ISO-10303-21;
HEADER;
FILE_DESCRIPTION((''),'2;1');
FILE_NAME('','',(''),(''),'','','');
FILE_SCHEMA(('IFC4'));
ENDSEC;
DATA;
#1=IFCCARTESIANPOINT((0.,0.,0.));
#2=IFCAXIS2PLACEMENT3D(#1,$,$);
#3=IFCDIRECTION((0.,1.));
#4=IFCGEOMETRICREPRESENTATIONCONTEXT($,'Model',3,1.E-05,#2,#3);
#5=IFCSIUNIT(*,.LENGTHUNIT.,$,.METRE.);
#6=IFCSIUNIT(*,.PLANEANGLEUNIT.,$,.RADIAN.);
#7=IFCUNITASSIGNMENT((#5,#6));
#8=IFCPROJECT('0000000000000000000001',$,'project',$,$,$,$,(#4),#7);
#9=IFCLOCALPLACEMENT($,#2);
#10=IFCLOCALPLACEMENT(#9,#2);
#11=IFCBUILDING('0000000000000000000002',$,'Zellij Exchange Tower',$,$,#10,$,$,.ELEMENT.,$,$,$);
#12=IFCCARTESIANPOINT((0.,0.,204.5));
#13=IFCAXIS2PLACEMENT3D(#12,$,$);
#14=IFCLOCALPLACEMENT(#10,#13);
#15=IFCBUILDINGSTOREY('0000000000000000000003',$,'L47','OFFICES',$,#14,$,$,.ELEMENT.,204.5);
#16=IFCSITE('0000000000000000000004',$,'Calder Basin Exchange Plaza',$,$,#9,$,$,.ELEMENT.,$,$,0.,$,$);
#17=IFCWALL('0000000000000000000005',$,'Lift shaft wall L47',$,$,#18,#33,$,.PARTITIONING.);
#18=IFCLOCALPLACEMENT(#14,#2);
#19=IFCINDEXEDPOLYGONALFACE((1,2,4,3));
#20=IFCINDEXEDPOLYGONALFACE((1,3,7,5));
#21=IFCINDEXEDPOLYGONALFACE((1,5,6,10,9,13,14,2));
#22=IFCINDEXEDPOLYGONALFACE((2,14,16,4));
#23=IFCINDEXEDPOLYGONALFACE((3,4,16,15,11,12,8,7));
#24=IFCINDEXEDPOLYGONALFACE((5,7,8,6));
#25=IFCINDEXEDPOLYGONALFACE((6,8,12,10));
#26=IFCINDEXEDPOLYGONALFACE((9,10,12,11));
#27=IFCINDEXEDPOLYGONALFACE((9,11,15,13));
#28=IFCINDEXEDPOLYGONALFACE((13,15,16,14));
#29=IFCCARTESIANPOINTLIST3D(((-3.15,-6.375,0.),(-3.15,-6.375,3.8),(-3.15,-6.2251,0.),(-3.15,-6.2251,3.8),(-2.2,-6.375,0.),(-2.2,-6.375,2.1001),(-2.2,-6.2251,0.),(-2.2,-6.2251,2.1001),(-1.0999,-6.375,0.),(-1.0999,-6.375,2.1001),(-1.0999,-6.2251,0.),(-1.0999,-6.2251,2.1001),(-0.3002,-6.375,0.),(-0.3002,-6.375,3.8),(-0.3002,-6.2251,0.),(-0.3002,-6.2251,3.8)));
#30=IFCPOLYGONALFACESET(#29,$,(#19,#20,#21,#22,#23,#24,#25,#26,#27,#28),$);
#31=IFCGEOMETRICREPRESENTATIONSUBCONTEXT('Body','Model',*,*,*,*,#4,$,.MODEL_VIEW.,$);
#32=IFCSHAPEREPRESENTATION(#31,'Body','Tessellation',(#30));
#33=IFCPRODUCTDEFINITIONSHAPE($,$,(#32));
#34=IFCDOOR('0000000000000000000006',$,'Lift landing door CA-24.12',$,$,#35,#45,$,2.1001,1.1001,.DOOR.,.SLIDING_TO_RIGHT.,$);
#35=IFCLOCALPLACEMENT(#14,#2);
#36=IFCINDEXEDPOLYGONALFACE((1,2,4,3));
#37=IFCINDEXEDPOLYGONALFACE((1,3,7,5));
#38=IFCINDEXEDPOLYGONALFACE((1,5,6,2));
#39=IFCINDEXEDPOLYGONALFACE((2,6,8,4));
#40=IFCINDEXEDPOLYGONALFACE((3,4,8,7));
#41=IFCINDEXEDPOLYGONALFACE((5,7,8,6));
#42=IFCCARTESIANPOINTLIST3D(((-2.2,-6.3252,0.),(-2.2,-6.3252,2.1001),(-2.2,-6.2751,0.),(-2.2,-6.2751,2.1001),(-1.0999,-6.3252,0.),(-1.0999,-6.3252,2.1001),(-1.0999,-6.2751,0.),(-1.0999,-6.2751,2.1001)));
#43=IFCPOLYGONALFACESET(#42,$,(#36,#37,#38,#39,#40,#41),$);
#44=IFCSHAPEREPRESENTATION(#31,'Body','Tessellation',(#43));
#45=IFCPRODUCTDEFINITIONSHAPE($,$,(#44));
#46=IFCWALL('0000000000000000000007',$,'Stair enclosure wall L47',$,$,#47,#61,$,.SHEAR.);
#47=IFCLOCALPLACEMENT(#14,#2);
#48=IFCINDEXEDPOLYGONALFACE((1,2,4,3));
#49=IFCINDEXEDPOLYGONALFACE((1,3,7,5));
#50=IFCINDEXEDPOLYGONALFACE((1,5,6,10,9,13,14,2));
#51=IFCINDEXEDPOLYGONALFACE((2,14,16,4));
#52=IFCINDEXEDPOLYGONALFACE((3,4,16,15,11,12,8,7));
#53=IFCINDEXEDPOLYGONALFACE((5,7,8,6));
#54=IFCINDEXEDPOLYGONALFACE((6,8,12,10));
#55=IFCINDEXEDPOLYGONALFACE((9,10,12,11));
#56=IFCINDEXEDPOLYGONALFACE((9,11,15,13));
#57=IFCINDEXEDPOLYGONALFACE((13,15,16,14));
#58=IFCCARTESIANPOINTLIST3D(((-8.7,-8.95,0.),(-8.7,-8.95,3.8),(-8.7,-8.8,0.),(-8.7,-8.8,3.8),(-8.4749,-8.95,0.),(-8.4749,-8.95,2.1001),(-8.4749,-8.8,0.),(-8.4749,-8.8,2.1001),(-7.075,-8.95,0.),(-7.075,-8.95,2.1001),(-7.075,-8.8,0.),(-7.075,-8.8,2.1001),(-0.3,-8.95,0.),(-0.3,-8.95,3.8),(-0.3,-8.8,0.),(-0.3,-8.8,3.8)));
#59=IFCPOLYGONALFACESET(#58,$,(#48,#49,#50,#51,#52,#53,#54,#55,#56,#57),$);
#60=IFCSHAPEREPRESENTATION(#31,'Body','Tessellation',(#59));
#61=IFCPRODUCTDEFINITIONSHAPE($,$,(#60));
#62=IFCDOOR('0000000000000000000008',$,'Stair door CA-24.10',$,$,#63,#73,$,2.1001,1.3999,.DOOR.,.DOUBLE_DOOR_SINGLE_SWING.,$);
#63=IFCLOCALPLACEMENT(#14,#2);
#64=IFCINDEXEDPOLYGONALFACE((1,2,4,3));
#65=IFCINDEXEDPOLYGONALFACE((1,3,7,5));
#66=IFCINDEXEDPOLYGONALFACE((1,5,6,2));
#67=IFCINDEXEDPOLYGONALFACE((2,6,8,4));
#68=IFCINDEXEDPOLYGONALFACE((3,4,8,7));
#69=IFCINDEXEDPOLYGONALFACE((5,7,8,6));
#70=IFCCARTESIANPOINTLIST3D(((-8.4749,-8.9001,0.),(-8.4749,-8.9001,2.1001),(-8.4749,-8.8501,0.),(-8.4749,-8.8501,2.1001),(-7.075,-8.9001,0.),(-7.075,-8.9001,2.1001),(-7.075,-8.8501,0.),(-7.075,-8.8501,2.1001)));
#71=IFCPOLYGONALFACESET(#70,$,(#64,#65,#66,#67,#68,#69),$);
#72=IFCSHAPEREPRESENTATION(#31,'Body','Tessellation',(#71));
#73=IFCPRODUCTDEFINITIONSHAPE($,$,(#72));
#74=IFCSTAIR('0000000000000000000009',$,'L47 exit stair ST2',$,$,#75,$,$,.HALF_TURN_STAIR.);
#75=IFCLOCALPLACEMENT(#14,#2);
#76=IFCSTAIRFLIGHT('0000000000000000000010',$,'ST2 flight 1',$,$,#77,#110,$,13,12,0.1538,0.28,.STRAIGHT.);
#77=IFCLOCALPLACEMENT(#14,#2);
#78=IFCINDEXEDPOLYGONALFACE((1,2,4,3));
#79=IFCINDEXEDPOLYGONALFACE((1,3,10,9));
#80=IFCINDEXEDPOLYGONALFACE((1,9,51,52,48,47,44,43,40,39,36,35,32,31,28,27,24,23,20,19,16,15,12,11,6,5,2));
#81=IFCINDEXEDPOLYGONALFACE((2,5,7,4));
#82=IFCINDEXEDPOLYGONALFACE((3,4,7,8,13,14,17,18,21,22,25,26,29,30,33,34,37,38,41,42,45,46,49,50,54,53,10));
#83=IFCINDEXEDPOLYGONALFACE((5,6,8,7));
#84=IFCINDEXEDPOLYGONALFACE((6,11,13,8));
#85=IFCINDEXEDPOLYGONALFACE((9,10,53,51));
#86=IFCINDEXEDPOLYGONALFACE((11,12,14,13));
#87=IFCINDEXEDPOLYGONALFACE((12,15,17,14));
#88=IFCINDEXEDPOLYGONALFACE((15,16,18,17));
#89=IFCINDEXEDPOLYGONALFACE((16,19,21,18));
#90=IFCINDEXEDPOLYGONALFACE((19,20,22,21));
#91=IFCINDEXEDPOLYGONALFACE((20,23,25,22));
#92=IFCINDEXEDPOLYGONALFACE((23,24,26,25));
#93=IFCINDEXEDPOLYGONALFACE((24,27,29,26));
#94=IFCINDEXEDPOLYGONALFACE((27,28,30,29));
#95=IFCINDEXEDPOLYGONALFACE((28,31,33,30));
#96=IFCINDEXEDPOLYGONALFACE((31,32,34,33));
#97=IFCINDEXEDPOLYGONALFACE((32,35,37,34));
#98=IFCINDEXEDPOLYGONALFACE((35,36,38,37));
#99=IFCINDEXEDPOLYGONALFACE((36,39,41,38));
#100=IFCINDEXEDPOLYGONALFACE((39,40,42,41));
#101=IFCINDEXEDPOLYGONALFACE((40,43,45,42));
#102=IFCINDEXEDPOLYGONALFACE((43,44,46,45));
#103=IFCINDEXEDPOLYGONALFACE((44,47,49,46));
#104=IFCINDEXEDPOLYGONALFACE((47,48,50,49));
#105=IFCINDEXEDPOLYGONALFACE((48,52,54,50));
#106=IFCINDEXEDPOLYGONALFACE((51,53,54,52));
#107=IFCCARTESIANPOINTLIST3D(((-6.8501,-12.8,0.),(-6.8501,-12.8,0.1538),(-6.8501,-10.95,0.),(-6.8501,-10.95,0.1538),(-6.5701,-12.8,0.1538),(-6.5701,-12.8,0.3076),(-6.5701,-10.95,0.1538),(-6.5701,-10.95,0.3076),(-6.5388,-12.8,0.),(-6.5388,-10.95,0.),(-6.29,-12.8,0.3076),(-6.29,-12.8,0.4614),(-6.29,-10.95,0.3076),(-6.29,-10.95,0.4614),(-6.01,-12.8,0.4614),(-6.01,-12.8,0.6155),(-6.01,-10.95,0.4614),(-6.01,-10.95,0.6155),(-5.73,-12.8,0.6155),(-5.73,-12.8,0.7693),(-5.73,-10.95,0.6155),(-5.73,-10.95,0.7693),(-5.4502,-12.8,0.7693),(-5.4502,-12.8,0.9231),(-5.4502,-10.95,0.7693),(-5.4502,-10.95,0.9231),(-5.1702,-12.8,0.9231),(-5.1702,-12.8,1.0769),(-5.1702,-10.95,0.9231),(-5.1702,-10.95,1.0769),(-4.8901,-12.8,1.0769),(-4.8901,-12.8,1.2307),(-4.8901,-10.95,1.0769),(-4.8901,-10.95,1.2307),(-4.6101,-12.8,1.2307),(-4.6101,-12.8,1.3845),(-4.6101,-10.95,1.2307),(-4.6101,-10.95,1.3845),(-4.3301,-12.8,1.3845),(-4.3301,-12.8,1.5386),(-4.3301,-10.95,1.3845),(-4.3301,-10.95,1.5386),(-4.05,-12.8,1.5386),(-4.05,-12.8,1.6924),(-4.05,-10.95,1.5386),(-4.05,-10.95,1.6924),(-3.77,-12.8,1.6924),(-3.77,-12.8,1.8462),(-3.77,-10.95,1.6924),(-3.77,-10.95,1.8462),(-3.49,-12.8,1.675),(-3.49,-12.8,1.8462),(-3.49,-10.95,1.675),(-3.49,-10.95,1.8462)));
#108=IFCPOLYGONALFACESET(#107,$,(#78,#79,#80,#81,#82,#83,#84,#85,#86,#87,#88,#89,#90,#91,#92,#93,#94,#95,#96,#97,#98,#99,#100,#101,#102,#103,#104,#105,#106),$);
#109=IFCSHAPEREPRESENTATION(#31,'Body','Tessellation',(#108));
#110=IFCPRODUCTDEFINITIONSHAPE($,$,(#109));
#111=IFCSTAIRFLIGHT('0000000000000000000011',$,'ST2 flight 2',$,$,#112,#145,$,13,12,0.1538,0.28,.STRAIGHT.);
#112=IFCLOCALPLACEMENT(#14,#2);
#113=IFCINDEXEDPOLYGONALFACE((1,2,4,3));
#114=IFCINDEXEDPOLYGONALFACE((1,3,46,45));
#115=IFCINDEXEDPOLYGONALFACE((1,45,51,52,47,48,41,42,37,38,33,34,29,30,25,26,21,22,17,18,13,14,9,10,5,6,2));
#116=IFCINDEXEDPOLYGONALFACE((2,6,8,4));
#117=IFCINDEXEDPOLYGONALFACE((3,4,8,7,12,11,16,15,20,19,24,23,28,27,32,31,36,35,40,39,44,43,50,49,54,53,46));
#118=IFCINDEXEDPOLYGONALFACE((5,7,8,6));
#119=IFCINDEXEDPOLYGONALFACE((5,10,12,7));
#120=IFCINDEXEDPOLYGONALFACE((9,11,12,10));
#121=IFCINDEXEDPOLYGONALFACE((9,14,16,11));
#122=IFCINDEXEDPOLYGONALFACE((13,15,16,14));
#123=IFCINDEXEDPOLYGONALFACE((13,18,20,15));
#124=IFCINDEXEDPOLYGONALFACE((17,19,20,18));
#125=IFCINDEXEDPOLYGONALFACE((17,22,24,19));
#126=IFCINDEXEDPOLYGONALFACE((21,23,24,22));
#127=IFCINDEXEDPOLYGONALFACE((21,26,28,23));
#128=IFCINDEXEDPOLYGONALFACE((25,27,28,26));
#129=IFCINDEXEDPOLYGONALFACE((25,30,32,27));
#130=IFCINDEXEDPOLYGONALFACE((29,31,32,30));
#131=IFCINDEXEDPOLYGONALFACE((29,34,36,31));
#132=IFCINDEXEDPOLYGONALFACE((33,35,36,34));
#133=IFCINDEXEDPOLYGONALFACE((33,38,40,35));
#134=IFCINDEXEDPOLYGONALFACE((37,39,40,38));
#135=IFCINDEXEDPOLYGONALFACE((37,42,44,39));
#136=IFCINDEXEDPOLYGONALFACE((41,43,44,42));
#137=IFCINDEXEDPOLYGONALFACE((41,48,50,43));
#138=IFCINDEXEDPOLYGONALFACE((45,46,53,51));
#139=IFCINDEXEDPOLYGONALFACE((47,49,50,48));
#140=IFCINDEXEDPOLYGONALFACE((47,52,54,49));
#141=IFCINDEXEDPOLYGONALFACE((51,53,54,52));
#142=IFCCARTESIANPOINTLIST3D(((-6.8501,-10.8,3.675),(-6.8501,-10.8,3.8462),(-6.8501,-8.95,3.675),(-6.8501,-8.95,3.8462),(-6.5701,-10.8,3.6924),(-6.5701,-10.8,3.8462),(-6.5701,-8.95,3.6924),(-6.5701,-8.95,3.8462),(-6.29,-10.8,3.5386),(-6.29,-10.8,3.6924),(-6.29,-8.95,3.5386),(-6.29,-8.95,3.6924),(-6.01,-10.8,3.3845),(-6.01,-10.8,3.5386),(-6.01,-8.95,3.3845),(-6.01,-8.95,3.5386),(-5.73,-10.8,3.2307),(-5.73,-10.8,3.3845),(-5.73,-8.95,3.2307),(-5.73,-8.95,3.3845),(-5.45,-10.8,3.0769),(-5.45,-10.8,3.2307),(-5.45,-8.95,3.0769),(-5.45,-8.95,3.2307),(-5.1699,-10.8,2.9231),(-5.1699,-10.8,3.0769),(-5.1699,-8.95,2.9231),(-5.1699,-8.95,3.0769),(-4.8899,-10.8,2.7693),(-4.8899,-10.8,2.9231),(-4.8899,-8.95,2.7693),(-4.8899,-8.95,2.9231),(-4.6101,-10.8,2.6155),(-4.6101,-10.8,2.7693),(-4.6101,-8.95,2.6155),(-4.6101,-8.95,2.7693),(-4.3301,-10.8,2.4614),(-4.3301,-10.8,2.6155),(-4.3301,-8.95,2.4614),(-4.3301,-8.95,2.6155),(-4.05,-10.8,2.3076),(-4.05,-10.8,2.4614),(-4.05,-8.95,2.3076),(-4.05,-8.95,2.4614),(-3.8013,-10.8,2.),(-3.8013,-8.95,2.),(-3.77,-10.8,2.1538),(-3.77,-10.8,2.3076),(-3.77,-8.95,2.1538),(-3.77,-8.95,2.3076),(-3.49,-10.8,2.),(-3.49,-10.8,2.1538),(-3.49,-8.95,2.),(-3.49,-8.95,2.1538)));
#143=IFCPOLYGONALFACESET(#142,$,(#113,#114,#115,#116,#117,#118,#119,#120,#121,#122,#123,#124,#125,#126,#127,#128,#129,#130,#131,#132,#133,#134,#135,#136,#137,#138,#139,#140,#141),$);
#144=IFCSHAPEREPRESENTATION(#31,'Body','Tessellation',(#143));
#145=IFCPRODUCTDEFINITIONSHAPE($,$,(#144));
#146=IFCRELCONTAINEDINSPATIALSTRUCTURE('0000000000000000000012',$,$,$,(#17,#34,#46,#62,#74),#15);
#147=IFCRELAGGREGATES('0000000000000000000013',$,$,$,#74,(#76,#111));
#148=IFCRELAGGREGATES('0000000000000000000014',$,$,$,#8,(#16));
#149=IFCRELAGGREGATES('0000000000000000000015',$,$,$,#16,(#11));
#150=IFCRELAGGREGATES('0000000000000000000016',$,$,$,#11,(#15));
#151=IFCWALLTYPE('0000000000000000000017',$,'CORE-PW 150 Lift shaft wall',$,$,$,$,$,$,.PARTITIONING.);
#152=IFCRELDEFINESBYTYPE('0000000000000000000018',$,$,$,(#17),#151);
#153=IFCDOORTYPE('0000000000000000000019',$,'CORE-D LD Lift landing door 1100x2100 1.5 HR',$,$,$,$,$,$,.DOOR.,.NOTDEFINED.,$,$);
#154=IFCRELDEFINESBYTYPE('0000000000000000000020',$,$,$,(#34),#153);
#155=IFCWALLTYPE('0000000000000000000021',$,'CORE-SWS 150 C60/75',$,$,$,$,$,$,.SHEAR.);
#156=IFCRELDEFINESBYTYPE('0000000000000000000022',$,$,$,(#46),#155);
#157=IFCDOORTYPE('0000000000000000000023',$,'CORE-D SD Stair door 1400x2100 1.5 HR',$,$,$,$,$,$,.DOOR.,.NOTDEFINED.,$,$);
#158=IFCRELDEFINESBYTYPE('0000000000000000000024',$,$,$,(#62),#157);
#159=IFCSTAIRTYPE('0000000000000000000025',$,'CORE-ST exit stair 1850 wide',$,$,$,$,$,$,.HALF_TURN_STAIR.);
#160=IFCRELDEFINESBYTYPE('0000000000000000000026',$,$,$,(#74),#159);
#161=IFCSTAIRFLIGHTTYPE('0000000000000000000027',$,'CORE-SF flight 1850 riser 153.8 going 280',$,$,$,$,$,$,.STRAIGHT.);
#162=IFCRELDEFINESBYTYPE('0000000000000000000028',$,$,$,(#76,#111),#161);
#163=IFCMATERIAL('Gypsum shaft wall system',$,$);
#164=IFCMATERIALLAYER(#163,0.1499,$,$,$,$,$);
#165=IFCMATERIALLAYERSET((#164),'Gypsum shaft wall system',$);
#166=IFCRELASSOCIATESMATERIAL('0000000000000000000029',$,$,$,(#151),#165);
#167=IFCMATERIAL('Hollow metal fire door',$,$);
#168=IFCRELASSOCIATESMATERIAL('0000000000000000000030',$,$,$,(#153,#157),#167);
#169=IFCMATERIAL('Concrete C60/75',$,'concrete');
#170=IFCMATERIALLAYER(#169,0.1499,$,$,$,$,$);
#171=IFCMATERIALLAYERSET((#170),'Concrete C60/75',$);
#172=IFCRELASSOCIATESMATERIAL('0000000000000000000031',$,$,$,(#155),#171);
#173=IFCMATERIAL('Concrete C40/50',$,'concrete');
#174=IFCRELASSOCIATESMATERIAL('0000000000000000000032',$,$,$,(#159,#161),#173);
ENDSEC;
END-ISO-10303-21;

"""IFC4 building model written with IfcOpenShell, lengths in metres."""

from ifc_helpers import new_model, si_unit, direction, frame, frame_2d, origin, place, context, subcontext, project, spatial, polyline, rectangle, outline, extrude, material, layer, layer_set, type_object, element, fill, aggregate, save


model = new_model("IFC4")

# Units and contexts
model_context = context("Model", 3, precision=1e-05, world=origin(), true_north=direction((0.0, 1.0)))
body_context = subcontext(model_context, "Body", "Model", "MODEL_VIEW")
ifc_project = project(units=[si_unit("LENGTHUNIT", "METRE"), si_unit("PLANEANGLEUNIT", "RADIAN")], contexts=[model_context])

# Site, building, storey
site_placement = place(None, origin())
site = spatial("IfcSite", under=ifc_project, at=site_placement, Name="Calder Basin Exchange Plaza", CompositionType="ELEMENT", RefElevation=0.0)
building_placement = place(site_placement, origin())
building = spatial("IfcBuilding", under=site, at=building_placement, Name="Zellij Exchange Tower", CompositionType="ELEMENT")
storey_placement = place(building_placement, frame((0.0, 0.0, 204.5)))
storey = spatial("IfcBuildingStorey", under=building, at=storey_placement, Name="L47", Description="OFFICES", CompositionType="ELEMENT", Elevation=204.5)

# Shared definitions
ifc_material_1 = material(Name="Concrete C60/75", Category="concrete")

# Shared definitions
ifc_material_2 = material(Name="Gypsum shaft wall system")
ifc_material_3 = material(Name="Hollow metal fire door")

# Shared definitions
ifc_layer_1 = layer(ifc_material_2, 0.1499)
ifc_layer_set_1 = layer_set([ifc_layer_1], Name="Gypsum shaft wall system")
wall_type_1 = type_object("IfcWallType", Name="CORE-PW 150 Lift shaft wall", PredefinedType="PARTITIONING", material=ifc_layer_set_1)

# Walls, openings, doors
wall_1_placement = place(storey_placement, frame((-3.1499, -6.3, 0.0), z_axis=(0.0, 0.0, 1.0), x_axis=(1.0, 0.0, 0.0)))
wall_1 = element("IfcWall", 1, at=wall_1_placement, inside=storey, type_object=wall_type_1, Name="Lift shaft wall L47", PredefinedType="PARTITIONING", context=body_context, shape_type="SweptSolid", body=[
    extrude(rectangle(XDim=2.8499, YDim=0.1499, at=frame_2d((1.4248, 0.0))), origin(), (0.0, 0.0, 1.0), 3.8),
])
opening_1_placement = place(wall_1_placement, frame((0.95, 0.0, 0.0)))
opening_1 = element("IfcOpeningElement", 2, at=opening_1_placement, cuts=wall_1, PredefinedType="OPENING", context=body_context, shape_type="SweptSolid", body=[
    extrude(rectangle(XDim=1.1001, YDim=2.1001, at=frame_2d((0.55, 1.05))), frame((0.0, 0.0869, 0.0), z_axis=(0.0, -1.0, 0.0), x_axis=(1.0, 0.0, 0.0)), (0.0, 0.0, 1.0), 0.1738),
])
door_type_1 = type_object("IfcDoorType", Name="CORE-D LD Lift landing door 1100x2100 1.5 HR", OperationType="NOTDEFINED", PredefinedType="DOOR", material=ifc_material_3)
door_1_placement = place(opening_1_placement, origin())
door_1 = element("IfcDoor", 3, at=door_1_placement, inside=storey, type_object=door_type_1, Name="Lift landing door CA-24.12", OperationType="SLIDING_TO_RIGHT", OverallHeight=2.1001, OverallWidth=1.1001, PredefinedType="DOOR", context=body_context, shape_type="SweptSolid", body=[
    extrude(rectangle(XDim=1.1001, YDim=2.1001, at=frame_2d((0.55, 1.05))), frame((0.0, 0.0249, 0.0), z_axis=(0.0, -1.0, 0.0), x_axis=(1.0, 0.0, 0.0)), (0.0, 0.0, 1.0), 0.05),
])
fill(opening_1, door_1)
ifc_layer_2 = layer(ifc_material_1, 0.1499)
ifc_layer_set_2 = layer_set([ifc_layer_2], Name="Concrete C60/75")
wall_type_2 = type_object("IfcWallType", Name="CORE-SWS 150 C60/75", PredefinedType="SHEAR", material=ifc_layer_set_2)
wall_2_placement = place(storey_placement, frame((-8.7, -8.875, 0.0), z_axis=(0.0, 0.0, 1.0), x_axis=(1.0, 0.0, 0.0)))
wall_2 = element("IfcWall", 4, at=wall_2_placement, inside=storey, type_object=wall_type_2, Name="Stair enclosure wall L47", PredefinedType="SHEAR", context=body_context, shape_type="SweptSolid", body=[
    extrude(rectangle(XDim=8.3999, YDim=0.1499, at=frame_2d((4.2, 0.0))), origin(), (0.0, 0.0, 1.0), 3.8),
])
opening_2_placement = place(wall_2_placement, frame((0.2251, 0.0, 0.0)))
opening_2 = element("IfcOpeningElement", 5, at=opening_2_placement, cuts=wall_2, PredefinedType="OPENING", context=body_context, shape_type="SweptSolid", body=[
    extrude(rectangle(XDim=1.3999, YDim=2.1001, at=frame_2d((0.7, 1.05))), frame((0.0, 0.0869, 0.0), z_axis=(0.0, -1.0, 0.0), x_axis=(1.0, 0.0, 0.0)), (0.0, 0.0, 1.0), 0.1738),
])
door_type_2 = type_object("IfcDoorType", Name="CORE-D SD Stair door 1400x2100 1.5 HR", OperationType="NOTDEFINED", PredefinedType="DOOR", material=ifc_material_3)
door_2_placement = place(opening_2_placement, origin())
door_2 = element("IfcDoor", 6, at=door_2_placement, inside=storey, type_object=door_type_2, Name="Stair door CA-24.10", OperationType="DOUBLE_DOOR_SINGLE_SWING", OverallHeight=2.1001, OverallWidth=1.3999, PredefinedType="DOOR", context=body_context, shape_type="SweptSolid", body=[
    extrude(rectangle(XDim=1.3999, YDim=2.1001, at=frame_2d((0.7, 1.05))), frame((0.0, 0.0249, 0.0), z_axis=(0.0, -1.0, 0.0), x_axis=(1.0, 0.0, 0.0)), (0.0, 0.0, 1.0), 0.05),
])
fill(opening_2, door_2)

# Stair, stair flights
ifc_material_4 = material(Name="Concrete C40/50", Category="concrete")
stair_type = type_object("IfcStairType", Name="CORE-ST exit stair 1850 wide", PredefinedType="HALF_TURN_STAIR", material=ifc_material_4)
stair_placement = place(storey_placement, origin())
stair = element("IfcStair", 7, at=stair_placement, inside=storey, type_object=stair_type, Name="L47 exit stair ST2", PredefinedType="HALF_TURN_STAIR")
stair_flight_type = type_object("IfcStairFlightType", Name="CORE-SF flight 1850 riser 153.8 going 280", PredefinedType="STRAIGHT", material=ifc_material_4)
stair_flight_1_placement = place(storey_placement, frame((-6.8501, -11.875, 0.0), z_axis=(0.0, 0.0, 1.0), x_axis=(1.0, 0.0, 0.0)))
stair_flight_1 = element("IfcStairFlight", 8, at=stair_flight_1_placement, type_object=stair_flight_type, Name="ST2 flight 1", NumberOfRisers=13, NumberOfTreads=12, PredefinedType="STRAIGHT", RiserHeight=0.1538, TreadLength=0.28, context=body_context, shape_type="SweptSolid", body=[
    extrude(outline(polyline([(0.0, 0.0), (0.0, 0.1538), (0.28, 0.1538), (0.28, 0.3076), (0.5601, 0.3076), (0.5601, 0.4614), (0.8401, 0.4614), (0.8401, 0.6155), (1.1201, 0.6155), (1.1201, 0.7693), (1.3999, 0.7693), (1.3999, 0.9231), (1.6799, 0.9231), (1.6799, 1.0769), (1.96, 1.0769), (1.96, 1.2307), (2.24, 1.2307), (2.24, 1.3845), (2.52, 1.3845), (2.52, 1.5386), (2.8, 1.5386), (2.8, 1.6924), (3.0801, 1.6924), (3.0801, 1.8462), (3.3601, 1.8462), (3.3601, 2.0), (3.3601, 1.675), (0.3113, 0.0), (0.0, 0.0)])), frame((0.0, 0.925, 0.0), z_axis=(0.0, -1.0, 0.0), x_axis=(1.0, 0.0, 0.0)), (0.0, 0.0, 1.0), 1.8501),
])
stair_flight_2_placement = place(storey_placement, frame((-3.49, -9.875, 2.0), z_axis=(0.0, 0.0, 1.0), x_axis=(-1.0, 0.0, 0.0)))
stair_flight_2 = element("IfcStairFlight", 9, at=stair_flight_2_placement, type_object=stair_flight_type, Name="ST2 flight 2", NumberOfRisers=13, NumberOfTreads=12, PredefinedType="STRAIGHT", RiserHeight=0.1538, TreadLength=0.28, context=body_context, shape_type="SweptSolid", body=[
    extrude(outline(polyline([(0.0, 0.0), (0.0, 0.1538), (0.28, 0.1538), (0.28, 0.3076), (0.5601, 0.3076), (0.5601, 0.4614), (0.8401, 0.4614), (0.8401, 0.6155), (1.1201, 0.6155), (1.1201, 0.7693), (1.3999, 0.7693), (1.3999, 0.9231), (1.6799, 0.9231), (1.6799, 1.0769), (1.96, 1.0769), (1.96, 1.2307), (2.24, 1.2307), (2.24, 1.3845), (2.52, 1.3845), (2.52, 1.5386), (2.8, 1.5386), (2.8, 1.6924), (3.0801, 1.6924), (3.0801, 1.8462), (3.3601, 1.8462), (3.3601, 2.0), (3.3601, 1.675), (0.3113, 0.0), (0.0, 0.0)])), frame((0.0, 0.925, 0.0), z_axis=(0.0, -1.0, 0.0), x_axis=(1.0, 0.0, 0.0)), (0.0, 0.0, 1.0), 1.8501),
])
aggregate(stair, [stair_flight_1, stair_flight_2])

save(model, "model.ifc")
